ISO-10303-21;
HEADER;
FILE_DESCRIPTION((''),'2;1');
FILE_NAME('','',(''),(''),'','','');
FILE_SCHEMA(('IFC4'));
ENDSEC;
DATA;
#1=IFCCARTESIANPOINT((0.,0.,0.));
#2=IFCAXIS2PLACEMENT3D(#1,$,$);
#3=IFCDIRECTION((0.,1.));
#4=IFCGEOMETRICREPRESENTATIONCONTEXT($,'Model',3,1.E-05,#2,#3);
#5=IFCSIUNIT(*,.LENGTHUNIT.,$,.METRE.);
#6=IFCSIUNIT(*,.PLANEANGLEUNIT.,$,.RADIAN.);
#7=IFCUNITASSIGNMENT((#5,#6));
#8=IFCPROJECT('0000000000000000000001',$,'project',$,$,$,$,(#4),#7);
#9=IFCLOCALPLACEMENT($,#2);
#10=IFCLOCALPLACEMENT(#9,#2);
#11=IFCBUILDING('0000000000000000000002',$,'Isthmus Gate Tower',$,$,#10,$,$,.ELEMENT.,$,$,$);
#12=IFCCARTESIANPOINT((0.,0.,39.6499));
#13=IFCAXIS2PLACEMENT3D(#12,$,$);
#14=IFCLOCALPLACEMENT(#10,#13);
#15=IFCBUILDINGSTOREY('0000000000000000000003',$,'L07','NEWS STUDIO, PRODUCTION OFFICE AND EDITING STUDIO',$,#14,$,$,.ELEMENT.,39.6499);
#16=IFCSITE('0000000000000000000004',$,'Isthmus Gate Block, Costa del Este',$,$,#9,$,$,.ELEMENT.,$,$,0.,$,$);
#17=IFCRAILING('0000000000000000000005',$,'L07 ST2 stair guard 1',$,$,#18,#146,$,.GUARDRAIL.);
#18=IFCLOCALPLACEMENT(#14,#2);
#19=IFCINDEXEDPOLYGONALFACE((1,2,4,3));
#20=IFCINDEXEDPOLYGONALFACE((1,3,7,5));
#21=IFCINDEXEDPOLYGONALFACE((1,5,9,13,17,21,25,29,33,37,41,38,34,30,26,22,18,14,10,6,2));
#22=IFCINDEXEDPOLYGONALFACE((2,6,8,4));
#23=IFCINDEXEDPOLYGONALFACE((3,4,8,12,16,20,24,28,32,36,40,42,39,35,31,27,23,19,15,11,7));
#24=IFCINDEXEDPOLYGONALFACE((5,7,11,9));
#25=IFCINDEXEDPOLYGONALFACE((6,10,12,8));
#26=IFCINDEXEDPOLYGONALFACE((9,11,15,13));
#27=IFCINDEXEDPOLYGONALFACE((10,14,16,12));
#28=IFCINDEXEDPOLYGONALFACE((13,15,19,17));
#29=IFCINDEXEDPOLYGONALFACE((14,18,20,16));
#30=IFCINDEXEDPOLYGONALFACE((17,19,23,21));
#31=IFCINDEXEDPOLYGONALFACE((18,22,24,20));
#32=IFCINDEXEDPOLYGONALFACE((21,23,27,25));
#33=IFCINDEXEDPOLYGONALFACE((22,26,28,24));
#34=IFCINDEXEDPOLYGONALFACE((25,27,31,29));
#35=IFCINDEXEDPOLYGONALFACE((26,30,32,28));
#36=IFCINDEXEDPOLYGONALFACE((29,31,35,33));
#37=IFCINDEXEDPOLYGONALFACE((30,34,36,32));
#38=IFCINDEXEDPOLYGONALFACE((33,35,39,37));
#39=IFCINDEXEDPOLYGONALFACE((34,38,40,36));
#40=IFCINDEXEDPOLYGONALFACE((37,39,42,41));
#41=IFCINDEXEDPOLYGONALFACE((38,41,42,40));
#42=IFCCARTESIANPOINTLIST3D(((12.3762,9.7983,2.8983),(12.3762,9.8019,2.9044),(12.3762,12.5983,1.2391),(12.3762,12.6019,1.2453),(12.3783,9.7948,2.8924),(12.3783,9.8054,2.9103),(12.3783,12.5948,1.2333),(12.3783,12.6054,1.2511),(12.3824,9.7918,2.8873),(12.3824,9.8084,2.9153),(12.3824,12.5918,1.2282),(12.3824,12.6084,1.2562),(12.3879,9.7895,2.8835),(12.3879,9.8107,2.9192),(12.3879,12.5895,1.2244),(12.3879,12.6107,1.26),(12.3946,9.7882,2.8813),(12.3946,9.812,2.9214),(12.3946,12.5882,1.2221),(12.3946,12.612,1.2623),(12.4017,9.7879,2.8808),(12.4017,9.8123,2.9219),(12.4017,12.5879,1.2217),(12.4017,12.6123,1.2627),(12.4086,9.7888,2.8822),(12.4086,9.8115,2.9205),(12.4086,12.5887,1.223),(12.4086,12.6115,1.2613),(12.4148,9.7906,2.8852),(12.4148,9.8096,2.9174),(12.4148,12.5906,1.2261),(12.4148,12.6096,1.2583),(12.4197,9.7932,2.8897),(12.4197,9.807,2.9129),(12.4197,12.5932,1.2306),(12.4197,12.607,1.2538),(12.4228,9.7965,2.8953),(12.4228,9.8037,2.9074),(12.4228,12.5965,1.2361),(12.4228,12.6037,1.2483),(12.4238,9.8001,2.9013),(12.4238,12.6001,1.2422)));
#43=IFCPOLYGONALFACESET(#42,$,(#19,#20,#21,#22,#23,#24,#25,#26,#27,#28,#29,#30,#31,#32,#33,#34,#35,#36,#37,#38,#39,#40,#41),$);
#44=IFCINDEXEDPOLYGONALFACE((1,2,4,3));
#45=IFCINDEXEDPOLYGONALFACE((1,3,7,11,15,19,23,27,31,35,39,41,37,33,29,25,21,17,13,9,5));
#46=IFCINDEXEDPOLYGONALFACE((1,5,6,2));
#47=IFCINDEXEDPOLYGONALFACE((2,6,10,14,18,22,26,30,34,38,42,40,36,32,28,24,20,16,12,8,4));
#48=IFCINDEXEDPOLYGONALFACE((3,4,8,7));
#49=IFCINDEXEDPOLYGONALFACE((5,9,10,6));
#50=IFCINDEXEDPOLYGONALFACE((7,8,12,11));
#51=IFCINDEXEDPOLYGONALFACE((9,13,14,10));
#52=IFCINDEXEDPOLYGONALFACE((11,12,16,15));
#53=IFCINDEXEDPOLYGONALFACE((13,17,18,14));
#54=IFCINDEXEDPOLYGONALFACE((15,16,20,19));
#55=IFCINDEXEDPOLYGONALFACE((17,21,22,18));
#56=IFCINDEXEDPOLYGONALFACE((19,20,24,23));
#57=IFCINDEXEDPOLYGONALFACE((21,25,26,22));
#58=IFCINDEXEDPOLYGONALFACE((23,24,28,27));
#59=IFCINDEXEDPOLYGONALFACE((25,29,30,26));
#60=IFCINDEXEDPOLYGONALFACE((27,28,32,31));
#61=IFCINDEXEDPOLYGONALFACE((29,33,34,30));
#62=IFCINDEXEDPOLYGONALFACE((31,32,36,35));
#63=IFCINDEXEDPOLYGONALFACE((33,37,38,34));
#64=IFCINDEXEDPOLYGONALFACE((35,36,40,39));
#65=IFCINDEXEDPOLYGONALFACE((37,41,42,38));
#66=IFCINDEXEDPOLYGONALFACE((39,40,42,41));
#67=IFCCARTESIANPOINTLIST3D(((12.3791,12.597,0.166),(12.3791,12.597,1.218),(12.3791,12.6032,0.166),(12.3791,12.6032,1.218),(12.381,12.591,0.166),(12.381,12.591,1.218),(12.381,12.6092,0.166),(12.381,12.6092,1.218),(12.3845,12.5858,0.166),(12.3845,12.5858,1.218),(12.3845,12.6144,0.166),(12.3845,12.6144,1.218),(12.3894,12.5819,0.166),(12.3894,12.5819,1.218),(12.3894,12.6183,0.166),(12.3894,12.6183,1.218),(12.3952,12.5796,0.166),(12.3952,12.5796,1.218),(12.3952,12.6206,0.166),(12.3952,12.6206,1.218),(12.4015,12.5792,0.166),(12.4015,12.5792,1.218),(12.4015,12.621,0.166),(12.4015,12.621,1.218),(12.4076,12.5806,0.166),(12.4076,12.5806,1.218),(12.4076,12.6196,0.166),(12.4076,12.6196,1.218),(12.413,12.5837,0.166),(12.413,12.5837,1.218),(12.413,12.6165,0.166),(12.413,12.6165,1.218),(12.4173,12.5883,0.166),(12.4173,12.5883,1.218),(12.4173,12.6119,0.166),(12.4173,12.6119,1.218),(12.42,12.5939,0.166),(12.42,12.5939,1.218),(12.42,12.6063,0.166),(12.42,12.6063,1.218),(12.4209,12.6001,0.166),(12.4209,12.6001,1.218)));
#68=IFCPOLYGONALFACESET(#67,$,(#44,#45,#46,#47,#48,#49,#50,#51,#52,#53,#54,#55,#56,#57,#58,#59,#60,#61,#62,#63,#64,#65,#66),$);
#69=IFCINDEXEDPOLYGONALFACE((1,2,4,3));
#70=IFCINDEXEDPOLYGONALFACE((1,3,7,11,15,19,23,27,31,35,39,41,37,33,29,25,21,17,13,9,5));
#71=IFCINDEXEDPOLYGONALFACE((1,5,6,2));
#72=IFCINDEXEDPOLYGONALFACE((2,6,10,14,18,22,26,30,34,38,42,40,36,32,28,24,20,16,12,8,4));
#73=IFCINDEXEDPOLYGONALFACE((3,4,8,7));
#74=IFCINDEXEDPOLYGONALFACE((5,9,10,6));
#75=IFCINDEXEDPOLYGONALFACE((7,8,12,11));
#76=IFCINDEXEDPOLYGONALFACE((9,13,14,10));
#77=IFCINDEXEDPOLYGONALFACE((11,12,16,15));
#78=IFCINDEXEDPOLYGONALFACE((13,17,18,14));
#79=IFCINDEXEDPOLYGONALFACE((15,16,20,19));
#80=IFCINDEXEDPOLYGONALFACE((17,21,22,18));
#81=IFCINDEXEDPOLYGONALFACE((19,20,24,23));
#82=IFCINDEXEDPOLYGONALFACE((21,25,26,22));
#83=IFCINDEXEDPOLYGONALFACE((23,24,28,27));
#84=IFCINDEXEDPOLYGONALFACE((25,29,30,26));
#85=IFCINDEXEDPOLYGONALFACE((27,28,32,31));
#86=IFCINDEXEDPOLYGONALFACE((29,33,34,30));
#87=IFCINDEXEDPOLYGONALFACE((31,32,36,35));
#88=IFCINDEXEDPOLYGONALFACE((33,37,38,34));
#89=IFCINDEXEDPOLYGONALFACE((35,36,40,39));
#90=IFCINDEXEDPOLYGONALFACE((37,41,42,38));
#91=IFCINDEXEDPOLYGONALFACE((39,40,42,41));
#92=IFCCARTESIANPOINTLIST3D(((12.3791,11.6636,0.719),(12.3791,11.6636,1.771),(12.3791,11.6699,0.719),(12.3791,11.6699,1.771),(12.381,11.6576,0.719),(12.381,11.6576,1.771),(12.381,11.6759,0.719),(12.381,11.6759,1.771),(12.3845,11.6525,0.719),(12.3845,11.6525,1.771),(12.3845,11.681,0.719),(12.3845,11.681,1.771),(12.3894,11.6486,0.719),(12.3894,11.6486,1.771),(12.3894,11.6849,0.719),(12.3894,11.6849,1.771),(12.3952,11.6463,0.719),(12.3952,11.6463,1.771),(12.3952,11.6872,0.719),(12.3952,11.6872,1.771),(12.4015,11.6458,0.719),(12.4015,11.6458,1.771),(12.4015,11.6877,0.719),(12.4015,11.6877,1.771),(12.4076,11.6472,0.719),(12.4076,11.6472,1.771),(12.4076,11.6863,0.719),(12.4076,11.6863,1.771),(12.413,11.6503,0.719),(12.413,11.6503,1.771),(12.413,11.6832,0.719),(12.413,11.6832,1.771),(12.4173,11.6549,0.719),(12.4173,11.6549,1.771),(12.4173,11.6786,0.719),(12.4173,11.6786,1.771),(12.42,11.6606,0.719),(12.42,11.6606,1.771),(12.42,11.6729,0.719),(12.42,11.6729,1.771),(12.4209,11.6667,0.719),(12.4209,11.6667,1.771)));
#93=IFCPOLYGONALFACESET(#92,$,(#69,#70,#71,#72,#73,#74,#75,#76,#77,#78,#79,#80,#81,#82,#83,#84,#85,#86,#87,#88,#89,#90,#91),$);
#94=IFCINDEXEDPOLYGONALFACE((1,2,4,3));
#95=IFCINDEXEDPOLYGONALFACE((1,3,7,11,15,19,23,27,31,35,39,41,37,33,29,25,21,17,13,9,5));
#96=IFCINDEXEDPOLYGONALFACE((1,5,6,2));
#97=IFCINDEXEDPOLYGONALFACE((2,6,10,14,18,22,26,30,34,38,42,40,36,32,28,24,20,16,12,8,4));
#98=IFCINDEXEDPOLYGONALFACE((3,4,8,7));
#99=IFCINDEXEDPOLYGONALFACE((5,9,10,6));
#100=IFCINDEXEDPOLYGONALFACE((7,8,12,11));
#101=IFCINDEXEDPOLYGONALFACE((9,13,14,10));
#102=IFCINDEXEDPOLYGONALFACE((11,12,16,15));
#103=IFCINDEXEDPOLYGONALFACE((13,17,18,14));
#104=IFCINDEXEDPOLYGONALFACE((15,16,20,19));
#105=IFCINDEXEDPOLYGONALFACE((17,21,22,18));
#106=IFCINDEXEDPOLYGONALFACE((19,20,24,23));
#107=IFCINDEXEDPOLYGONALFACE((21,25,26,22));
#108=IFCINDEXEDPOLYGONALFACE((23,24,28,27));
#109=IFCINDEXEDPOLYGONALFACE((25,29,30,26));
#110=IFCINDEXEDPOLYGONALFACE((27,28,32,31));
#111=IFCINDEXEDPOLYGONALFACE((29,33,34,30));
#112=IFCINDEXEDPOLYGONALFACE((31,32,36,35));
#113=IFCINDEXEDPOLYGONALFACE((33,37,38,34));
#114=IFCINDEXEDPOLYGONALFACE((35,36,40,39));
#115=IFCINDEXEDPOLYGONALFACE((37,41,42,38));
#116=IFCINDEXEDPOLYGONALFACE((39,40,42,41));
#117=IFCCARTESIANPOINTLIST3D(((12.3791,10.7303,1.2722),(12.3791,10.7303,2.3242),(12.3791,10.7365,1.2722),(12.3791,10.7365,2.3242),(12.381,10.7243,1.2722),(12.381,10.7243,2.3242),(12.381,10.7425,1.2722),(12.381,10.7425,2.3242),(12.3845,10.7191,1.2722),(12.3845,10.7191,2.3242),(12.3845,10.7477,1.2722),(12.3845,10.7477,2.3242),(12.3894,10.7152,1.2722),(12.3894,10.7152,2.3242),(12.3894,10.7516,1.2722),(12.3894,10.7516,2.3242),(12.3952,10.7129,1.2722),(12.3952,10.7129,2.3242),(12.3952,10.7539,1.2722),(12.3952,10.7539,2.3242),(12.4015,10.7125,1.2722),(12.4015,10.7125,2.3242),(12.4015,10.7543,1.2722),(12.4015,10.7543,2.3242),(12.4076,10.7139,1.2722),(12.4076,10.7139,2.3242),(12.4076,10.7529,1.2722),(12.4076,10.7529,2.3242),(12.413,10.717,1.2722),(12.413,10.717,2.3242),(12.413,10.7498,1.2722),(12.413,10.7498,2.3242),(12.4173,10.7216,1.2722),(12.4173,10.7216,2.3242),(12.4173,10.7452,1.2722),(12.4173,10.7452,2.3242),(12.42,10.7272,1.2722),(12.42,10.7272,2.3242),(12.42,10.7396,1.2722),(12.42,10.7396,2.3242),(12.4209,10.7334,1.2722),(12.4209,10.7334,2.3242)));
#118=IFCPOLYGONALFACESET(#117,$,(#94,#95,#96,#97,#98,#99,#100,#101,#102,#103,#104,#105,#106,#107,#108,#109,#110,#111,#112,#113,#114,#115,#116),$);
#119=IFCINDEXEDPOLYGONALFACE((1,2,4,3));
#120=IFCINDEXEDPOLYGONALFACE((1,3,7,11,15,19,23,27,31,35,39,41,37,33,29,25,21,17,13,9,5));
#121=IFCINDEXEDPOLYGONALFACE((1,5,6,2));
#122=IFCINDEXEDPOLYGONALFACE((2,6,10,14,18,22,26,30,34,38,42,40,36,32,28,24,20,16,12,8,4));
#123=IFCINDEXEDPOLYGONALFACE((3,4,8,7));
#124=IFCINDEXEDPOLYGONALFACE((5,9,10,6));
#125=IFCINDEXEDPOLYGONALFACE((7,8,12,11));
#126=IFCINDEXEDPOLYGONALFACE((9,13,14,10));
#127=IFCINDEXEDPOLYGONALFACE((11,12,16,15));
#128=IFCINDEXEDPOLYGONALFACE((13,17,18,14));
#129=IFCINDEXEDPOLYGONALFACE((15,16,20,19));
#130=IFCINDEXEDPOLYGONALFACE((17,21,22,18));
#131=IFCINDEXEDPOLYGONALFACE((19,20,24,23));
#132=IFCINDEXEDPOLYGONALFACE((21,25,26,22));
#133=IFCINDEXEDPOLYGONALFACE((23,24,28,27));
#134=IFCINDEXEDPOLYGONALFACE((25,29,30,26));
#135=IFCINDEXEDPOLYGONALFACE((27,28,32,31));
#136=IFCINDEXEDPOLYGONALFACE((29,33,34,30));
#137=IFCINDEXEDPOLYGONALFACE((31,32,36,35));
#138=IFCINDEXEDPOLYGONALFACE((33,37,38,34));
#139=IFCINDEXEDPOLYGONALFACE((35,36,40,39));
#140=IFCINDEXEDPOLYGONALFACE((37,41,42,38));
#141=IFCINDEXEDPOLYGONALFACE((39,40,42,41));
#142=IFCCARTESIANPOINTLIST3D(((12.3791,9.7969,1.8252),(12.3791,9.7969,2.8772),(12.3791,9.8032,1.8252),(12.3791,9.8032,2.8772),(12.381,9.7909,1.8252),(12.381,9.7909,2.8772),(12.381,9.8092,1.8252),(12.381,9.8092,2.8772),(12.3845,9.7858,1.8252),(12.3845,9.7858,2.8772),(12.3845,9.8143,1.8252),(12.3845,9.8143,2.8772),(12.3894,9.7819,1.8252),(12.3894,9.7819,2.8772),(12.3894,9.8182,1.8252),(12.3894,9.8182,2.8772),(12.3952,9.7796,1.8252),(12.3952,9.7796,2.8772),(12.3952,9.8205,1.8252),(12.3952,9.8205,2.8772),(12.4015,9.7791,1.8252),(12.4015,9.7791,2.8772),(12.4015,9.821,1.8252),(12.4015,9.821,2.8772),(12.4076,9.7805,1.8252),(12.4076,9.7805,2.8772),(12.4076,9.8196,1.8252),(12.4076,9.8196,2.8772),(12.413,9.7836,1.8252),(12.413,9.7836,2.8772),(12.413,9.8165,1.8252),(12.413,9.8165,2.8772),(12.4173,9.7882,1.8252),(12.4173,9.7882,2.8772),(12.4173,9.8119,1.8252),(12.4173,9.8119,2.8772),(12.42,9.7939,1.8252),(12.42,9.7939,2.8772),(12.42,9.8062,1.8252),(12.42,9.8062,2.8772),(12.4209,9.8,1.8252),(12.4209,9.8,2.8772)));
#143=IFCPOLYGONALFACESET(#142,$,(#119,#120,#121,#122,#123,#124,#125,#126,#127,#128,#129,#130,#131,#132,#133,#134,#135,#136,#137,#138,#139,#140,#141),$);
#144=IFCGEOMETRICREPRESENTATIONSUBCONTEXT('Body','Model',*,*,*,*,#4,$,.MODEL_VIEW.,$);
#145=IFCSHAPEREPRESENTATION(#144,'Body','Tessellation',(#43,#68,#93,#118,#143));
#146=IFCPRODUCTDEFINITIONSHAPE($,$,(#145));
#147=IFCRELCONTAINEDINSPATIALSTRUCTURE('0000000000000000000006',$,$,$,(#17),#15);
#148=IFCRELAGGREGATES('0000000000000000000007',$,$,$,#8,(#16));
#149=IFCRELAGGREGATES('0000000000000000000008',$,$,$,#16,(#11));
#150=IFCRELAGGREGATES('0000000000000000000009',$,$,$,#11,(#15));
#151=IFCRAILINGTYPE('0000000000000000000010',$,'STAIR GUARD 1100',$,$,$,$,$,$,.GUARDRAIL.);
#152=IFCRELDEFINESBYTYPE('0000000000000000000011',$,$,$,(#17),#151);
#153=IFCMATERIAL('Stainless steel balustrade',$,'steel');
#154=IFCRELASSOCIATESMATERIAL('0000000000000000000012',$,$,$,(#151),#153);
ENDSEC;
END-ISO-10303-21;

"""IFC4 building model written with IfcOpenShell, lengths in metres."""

from ifc_helpers import new_model, si_unit, direction, frame, origin, origin_2d, place, context, subcontext, project, spatial, circle, extrude, material, type_object, element, save


model = new_model("IFC4")

# Units and contexts
model_context = context("Model", 3, precision=1e-05, world=origin(), true_north=direction((0.0, 1.0)))
body_context = subcontext(model_context, "Body", "Model", "MODEL_VIEW")
ifc_project = project(units=[si_unit("LENGTHUNIT", "METRE"), si_unit("PLANEANGLEUNIT", "RADIAN")], contexts=[model_context])

# Site, building, storey
site_placement = place(None, origin())
site = spatial("IfcSite", under=ifc_project, at=site_placement, Name="Isthmus Gate Block, Costa del Este", CompositionType="ELEMENT", RefElevation=0.0)
building_placement = place(site_placement, origin())
building = spatial("IfcBuilding", under=site, at=building_placement, Name="Isthmus Gate Tower", CompositionType="ELEMENT")
storey_placement = place(building_placement, frame((0.0, 0.0, 39.6499)))
storey = spatial("IfcBuildingStorey", under=building, at=storey_placement, Name="L07", Description="NEWS STUDIO, PRODUCTION OFFICE AND EDITING STUDIO", CompositionType="ELEMENT", Elevation=39.6499)

# Railing
ifc_material_1 = material(Name="Stainless steel balustrade", Category="steel")
railing_type_1 = type_object("IfcRailingType", Name="STAIR GUARD 1100", PredefinedType="GUARDRAIL", material=ifc_material_1)
railing_1_placement = place(storey_placement, frame((12.3999, 12.6001, 0.166)))
element("IfcRailing", 1, at=railing_1_placement, inside=storey, type_object=railing_type_1, Name="L07 ST2 stair guard 1", PredefinedType="GUARDRAIL", context=body_context, shape_type="SweptSolid", body=[
    extrude(circle(Radius=0.0239, at=origin_2d()), frame((0.0, 0.0, 1.0762), z_axis=(0.0, -0.860306, 0.509778), x_axis=(1.0, 0.0, 0.0)), (0.0, 0.0, 1.0), 3.2546),
    extrude(circle(Radius=0.021, at=origin_2d()), origin(), (0.0, 0.0, 1.0), 1.052),
    extrude(circle(Radius=0.021, at=origin_2d()), frame((0.0, -0.9333, 0.553)), (0.0, 0.0, 1.0), 1.052),
    extrude(circle(Radius=0.021, at=origin_2d()), frame((0.0, -1.8667, 1.1062)), (0.0, 0.0, 1.0), 1.052),
    extrude(circle(Radius=0.021, at=origin_2d()), frame((0.0, -2.8, 1.6592)), (0.0, 0.0, 1.0), 1.052),
])

save(model, "model.ifc")
